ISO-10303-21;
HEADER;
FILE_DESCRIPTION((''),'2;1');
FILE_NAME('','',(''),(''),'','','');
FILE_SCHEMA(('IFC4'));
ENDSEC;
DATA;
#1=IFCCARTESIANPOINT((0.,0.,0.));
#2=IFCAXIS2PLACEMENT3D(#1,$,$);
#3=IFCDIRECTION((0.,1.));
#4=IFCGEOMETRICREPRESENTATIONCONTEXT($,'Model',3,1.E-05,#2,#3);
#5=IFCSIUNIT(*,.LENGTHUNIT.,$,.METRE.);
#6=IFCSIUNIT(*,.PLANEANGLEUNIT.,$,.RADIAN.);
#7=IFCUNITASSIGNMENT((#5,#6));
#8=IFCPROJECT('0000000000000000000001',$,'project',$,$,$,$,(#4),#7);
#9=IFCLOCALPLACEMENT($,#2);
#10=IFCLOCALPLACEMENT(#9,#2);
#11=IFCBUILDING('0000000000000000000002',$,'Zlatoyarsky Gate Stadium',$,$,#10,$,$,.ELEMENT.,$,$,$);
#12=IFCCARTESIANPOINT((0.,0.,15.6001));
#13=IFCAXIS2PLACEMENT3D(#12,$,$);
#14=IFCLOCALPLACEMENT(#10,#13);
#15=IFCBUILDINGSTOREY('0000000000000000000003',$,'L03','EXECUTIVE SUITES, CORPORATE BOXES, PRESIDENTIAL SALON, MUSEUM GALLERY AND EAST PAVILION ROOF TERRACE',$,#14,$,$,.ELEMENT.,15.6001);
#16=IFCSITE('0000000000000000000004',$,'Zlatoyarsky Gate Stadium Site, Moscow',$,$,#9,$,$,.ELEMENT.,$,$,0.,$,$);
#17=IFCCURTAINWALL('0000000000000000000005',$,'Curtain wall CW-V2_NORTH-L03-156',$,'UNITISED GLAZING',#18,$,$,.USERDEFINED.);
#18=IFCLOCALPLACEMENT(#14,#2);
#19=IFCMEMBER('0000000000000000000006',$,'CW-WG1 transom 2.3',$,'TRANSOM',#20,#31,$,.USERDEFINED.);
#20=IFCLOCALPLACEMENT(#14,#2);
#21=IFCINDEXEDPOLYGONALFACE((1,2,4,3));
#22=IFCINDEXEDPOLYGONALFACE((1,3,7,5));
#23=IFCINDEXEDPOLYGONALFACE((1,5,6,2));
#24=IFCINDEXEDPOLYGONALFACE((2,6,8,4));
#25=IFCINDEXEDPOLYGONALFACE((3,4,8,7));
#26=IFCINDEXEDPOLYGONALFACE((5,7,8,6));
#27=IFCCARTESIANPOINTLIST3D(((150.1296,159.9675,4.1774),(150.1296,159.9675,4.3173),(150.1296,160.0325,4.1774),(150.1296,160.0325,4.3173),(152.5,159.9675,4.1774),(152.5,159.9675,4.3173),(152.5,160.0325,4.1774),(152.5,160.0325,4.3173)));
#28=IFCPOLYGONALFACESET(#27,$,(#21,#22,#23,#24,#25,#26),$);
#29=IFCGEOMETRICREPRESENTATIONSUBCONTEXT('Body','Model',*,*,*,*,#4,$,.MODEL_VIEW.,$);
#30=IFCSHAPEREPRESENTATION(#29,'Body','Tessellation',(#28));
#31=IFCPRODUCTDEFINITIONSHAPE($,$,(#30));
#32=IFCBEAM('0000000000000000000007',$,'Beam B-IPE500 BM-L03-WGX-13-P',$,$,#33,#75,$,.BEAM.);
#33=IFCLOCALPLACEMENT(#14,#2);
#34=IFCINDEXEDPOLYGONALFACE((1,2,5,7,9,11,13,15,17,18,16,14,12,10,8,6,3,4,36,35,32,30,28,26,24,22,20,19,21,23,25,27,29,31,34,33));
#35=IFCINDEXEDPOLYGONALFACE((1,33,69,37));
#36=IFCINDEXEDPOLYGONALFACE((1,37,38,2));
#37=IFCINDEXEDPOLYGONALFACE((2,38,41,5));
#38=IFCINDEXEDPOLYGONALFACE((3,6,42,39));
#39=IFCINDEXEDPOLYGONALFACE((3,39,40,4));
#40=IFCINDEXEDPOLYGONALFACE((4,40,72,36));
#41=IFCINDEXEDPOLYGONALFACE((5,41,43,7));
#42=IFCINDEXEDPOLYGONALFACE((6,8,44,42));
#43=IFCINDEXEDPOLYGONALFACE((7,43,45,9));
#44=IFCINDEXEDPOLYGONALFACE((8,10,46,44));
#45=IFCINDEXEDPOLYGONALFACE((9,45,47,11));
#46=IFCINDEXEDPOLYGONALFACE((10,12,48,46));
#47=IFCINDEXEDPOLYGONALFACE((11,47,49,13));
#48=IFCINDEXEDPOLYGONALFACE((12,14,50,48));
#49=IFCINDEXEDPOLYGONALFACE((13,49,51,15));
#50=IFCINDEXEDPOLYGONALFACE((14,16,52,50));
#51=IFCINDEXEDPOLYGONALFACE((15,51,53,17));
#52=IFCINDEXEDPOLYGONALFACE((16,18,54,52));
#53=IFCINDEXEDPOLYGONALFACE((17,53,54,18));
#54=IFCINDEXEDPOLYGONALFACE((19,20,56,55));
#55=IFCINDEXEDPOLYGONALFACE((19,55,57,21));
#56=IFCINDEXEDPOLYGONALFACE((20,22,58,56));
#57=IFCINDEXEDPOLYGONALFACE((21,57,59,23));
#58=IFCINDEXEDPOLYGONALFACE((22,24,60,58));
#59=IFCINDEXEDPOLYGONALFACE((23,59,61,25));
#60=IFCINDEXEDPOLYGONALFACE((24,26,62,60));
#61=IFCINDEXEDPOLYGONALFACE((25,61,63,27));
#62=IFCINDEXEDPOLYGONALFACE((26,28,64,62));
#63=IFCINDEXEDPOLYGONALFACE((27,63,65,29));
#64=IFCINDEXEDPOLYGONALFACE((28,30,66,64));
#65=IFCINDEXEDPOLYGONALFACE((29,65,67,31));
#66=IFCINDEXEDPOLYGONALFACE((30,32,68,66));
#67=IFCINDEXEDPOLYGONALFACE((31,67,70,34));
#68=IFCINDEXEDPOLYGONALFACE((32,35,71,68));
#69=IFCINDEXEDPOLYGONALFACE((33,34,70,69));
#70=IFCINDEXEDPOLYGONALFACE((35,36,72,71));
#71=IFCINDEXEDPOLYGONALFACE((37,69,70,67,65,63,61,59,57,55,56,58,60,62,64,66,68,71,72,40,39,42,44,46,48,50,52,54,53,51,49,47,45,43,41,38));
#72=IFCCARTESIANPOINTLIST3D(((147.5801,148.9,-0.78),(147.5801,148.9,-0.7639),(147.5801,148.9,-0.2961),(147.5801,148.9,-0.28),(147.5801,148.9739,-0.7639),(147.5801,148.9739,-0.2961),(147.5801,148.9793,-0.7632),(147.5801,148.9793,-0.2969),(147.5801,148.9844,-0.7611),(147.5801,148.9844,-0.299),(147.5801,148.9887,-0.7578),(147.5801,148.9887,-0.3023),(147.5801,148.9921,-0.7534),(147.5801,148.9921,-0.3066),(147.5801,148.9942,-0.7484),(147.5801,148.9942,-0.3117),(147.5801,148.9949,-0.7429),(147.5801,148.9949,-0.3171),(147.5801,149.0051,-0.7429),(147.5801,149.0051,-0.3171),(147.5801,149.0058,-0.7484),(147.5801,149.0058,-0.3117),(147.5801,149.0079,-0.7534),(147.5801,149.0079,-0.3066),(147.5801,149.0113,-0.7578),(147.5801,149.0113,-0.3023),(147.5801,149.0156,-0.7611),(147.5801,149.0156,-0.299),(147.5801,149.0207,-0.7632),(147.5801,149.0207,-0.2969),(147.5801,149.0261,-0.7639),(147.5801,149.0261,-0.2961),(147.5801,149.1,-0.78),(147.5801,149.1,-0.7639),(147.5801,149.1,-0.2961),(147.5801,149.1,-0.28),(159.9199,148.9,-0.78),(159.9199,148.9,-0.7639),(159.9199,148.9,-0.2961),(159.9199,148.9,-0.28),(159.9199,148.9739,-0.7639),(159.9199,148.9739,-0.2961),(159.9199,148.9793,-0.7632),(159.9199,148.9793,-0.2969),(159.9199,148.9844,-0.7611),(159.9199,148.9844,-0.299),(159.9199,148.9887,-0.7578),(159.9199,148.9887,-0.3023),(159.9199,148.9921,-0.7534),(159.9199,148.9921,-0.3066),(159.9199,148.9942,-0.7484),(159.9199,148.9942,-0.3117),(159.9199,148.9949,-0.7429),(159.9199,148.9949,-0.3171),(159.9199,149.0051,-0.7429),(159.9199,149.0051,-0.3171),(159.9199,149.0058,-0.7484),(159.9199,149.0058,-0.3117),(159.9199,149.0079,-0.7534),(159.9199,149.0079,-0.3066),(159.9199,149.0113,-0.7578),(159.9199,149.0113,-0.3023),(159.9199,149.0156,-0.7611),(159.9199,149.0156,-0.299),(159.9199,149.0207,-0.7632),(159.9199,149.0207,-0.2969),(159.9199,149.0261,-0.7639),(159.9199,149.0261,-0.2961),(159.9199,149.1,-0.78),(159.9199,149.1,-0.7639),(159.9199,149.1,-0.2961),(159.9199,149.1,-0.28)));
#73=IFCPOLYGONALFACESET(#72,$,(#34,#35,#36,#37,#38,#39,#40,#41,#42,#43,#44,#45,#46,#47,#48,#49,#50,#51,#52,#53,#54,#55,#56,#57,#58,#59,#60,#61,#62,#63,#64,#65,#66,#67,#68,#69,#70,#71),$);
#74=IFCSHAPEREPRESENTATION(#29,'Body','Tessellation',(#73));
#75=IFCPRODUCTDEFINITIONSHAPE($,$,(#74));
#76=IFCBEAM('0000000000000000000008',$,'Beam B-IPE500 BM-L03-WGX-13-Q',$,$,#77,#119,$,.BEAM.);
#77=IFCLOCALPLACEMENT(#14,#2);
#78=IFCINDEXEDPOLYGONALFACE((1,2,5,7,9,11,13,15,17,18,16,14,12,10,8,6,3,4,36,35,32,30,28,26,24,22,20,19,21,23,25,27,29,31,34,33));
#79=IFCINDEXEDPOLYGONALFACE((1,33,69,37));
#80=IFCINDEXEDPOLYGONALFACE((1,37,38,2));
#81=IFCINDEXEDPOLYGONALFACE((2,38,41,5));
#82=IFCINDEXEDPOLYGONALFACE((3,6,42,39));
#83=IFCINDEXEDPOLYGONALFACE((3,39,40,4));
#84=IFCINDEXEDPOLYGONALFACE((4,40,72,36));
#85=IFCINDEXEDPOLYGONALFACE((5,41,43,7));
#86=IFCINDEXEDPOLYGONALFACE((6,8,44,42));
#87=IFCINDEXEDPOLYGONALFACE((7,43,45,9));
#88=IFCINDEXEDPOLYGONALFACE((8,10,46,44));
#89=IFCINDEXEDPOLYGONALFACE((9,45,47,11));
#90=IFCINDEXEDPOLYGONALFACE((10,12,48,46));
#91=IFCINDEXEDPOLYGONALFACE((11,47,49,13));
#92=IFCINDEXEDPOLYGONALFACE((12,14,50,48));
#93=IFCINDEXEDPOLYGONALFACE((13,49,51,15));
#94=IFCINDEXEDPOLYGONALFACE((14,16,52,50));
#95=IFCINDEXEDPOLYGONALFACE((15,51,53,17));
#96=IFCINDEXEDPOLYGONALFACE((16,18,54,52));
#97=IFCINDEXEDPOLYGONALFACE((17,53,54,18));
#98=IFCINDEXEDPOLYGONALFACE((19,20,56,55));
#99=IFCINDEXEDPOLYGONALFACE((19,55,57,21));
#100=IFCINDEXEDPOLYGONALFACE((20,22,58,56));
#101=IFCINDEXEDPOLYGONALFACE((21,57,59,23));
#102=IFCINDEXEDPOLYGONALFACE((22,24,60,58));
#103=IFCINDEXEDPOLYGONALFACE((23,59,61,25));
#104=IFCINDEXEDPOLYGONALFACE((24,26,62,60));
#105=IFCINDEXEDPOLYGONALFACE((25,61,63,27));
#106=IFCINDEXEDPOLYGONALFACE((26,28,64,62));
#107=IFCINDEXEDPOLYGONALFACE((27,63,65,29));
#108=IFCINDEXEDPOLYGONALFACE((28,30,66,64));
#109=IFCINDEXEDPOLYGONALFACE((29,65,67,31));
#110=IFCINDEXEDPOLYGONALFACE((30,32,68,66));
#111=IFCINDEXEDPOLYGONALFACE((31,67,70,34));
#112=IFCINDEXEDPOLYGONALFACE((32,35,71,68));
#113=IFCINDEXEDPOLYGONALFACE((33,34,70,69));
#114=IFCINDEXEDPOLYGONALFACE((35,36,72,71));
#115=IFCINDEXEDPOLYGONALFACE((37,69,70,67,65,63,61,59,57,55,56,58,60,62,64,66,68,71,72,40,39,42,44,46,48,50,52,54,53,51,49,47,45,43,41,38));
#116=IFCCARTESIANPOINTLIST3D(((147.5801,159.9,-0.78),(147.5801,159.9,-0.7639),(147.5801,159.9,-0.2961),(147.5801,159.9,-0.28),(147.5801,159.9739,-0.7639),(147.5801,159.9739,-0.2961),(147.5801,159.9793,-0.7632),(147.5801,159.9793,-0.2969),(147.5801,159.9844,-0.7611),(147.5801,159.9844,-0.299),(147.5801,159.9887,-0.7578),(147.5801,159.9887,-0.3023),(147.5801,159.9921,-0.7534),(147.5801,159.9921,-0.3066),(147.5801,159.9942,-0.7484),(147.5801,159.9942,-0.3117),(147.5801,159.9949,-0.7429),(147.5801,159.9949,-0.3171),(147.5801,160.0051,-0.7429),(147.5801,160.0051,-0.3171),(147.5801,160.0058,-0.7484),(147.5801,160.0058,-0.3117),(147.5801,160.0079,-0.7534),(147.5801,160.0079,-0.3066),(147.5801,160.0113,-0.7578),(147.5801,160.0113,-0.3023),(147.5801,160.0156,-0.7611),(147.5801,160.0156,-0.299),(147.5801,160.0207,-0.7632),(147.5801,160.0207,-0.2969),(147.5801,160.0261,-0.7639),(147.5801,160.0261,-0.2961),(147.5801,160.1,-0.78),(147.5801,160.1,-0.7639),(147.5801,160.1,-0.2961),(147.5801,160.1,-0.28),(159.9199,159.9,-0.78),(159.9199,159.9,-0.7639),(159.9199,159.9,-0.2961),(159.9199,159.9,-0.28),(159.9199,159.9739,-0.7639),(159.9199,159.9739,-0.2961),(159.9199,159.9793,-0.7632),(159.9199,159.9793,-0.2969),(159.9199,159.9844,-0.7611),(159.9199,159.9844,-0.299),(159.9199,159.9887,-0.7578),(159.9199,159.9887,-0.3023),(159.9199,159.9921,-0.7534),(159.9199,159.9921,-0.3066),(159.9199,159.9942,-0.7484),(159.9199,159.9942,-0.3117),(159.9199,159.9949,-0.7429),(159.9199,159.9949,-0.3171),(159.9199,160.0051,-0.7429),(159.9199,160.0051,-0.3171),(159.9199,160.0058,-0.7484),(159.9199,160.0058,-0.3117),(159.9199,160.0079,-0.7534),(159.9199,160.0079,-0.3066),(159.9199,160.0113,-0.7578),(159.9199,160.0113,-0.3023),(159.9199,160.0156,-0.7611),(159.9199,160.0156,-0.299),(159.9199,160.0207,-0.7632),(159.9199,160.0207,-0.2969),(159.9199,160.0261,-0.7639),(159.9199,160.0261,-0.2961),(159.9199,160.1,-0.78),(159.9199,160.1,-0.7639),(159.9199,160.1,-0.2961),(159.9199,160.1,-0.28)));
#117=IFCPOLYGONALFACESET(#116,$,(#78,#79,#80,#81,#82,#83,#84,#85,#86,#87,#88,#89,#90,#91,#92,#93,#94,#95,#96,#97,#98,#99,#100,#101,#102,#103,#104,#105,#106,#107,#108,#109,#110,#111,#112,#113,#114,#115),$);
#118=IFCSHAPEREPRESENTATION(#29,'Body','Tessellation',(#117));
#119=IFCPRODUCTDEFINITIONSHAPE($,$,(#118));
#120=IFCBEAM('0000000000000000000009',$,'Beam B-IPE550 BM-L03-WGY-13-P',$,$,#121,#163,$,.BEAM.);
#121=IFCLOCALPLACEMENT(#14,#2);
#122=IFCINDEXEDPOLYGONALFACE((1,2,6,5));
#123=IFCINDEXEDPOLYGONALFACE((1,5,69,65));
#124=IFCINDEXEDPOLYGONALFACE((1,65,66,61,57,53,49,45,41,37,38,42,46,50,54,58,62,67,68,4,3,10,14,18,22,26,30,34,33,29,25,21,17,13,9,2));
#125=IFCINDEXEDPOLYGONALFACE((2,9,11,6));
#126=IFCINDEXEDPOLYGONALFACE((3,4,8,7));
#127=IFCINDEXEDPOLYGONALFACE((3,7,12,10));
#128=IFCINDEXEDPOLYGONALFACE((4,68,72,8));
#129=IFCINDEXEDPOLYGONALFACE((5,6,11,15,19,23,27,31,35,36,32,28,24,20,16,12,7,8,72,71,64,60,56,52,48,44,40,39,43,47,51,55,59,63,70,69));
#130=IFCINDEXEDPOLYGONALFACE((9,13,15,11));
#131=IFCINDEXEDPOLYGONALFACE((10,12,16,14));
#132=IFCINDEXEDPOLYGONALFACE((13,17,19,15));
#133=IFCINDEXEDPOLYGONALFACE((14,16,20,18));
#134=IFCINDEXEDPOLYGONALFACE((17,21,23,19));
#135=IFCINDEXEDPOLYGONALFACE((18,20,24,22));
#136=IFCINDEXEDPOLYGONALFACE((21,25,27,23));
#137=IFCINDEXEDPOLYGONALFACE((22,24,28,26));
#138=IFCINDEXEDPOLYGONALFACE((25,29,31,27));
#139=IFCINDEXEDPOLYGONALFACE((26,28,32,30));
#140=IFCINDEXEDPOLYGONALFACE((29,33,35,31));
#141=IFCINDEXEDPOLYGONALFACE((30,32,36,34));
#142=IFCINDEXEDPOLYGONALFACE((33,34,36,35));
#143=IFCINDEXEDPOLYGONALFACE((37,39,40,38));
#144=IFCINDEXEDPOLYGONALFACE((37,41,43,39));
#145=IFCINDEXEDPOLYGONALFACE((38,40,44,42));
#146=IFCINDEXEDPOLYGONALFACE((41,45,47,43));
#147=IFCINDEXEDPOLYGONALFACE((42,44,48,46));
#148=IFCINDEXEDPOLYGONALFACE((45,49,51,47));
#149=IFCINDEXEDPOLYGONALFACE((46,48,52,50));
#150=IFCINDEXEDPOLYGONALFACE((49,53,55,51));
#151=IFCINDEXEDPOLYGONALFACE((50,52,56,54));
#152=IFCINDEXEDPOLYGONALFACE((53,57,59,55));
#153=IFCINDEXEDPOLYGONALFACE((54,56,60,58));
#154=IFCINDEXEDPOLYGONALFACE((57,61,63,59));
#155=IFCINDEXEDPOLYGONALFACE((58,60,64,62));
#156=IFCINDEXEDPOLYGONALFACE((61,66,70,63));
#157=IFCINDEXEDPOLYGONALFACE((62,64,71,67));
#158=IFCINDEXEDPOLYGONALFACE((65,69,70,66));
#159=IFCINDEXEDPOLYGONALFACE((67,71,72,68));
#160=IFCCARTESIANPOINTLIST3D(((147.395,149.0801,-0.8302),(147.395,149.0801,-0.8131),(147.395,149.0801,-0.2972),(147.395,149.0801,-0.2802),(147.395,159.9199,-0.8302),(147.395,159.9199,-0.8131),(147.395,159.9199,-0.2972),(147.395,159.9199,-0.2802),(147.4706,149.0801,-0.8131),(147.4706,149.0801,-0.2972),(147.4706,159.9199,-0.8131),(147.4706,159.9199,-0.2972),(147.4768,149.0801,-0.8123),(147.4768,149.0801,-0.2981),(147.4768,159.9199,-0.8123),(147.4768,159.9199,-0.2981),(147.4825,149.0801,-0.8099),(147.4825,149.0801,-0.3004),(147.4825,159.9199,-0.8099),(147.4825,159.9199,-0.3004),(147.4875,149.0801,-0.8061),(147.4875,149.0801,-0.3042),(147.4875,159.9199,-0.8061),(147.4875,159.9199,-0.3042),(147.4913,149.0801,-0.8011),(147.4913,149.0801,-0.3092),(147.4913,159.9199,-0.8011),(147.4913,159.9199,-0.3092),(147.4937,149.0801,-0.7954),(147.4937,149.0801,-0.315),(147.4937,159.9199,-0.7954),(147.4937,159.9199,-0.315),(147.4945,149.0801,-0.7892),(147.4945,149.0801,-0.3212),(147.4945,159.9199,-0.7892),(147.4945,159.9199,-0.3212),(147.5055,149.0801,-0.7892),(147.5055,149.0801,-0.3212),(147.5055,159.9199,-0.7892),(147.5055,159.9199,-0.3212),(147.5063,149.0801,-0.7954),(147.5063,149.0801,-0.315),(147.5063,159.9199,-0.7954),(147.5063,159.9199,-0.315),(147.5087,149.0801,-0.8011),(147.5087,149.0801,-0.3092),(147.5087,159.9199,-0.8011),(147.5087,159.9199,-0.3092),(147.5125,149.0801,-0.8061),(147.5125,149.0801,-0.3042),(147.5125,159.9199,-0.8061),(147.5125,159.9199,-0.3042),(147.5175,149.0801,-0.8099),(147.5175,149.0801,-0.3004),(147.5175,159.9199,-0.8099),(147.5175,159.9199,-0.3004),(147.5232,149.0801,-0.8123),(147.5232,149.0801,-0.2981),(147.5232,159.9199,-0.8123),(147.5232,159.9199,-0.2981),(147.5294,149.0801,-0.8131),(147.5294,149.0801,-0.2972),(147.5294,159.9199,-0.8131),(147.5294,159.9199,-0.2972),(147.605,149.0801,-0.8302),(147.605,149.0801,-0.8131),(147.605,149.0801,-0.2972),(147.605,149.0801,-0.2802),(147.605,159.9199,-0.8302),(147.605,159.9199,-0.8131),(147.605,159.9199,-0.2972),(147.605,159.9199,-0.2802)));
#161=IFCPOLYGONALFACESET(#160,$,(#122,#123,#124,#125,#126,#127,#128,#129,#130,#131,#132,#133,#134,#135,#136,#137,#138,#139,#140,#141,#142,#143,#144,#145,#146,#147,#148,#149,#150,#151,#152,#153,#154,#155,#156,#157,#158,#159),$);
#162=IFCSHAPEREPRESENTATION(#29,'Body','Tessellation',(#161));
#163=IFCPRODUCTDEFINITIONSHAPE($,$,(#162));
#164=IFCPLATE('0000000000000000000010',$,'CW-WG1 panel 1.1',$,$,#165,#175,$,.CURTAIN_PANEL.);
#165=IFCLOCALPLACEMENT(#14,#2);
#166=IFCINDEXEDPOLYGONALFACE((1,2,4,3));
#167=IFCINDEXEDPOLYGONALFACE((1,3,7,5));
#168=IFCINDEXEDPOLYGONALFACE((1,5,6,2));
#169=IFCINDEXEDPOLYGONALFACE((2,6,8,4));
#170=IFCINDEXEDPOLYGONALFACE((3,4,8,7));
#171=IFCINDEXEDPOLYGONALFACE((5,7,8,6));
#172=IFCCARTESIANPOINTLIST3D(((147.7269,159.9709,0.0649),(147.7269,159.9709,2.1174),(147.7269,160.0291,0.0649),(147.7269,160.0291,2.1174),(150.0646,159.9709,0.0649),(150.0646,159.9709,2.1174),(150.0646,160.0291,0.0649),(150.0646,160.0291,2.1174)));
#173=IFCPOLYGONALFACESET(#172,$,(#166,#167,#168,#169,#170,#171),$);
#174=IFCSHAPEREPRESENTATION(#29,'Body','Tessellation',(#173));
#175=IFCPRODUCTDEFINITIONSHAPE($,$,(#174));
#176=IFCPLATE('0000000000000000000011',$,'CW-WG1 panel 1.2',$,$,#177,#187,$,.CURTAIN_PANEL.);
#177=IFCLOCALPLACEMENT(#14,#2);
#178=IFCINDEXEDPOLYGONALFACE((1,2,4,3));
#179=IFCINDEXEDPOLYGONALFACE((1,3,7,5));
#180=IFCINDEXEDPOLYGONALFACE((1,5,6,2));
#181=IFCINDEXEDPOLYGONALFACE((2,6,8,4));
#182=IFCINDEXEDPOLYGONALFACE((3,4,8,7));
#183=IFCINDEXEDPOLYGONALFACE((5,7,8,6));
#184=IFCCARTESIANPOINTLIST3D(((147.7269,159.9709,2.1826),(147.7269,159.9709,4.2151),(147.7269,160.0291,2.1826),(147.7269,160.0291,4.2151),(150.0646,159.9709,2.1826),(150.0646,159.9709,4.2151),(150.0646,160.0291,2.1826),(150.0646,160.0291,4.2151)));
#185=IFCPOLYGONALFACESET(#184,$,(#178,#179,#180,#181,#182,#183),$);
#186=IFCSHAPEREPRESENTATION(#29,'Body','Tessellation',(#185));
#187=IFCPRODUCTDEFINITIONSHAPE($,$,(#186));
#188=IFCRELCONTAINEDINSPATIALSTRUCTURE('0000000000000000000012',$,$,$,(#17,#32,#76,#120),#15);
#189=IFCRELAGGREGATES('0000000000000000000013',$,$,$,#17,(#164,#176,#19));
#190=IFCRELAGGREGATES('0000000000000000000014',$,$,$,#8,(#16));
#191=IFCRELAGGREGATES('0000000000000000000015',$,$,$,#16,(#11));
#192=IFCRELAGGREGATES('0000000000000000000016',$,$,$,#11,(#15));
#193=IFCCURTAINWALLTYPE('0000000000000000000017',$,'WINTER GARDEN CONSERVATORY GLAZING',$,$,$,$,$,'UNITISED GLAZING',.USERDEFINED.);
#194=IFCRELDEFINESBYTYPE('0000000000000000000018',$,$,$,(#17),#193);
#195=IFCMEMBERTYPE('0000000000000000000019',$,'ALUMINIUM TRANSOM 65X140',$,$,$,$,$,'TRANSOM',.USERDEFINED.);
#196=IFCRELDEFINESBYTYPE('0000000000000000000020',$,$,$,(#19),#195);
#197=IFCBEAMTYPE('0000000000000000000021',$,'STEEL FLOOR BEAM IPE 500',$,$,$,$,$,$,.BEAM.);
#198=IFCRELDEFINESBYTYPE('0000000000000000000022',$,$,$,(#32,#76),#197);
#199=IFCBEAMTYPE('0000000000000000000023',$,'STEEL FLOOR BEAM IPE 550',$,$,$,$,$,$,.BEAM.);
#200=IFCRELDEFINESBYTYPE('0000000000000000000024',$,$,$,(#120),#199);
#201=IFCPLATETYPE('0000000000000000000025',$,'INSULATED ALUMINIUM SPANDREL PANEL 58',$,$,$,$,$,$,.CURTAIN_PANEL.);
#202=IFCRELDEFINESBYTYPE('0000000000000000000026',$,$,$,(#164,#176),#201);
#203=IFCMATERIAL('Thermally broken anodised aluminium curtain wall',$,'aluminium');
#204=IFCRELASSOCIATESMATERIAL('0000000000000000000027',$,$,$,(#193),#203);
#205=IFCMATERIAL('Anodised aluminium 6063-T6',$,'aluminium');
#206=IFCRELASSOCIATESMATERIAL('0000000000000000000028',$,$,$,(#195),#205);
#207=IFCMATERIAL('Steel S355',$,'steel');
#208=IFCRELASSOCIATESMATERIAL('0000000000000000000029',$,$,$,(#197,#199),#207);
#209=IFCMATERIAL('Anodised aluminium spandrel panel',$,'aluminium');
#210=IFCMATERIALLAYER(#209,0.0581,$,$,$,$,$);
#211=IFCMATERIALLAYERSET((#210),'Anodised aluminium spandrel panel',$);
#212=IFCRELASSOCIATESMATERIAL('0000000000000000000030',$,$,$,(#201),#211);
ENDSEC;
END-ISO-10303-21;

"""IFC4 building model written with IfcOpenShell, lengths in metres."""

from ifc_helpers import new_model, si_unit, direction, frame, origin, origin_2d, place, context, subcontext, project, spatial, rectangle, i_section, extrude, material, layer, layer_set, material_profile, profile_set, type_object, element, aggregate, save


model = new_model("IFC4")

# Units and contexts
model_context = context("Model", 3, precision=1e-05, world=origin(), true_north=direction((0.0, 1.0)))
body_context = subcontext(model_context, "Body", "Model", "MODEL_VIEW")
ifc_project = project(units=[si_unit("LENGTHUNIT", "METRE"), si_unit("PLANEANGLEUNIT", "RADIAN")], contexts=[model_context])

# Site, building, storey
site_placement = place(None, origin())
site = spatial("IfcSite", under=ifc_project, at=site_placement, Name="Zlatoyarsky Gate Stadium Site, Moscow", CompositionType="ELEMENT", RefElevation=0.0)
building_placement = place(site_placement, origin())
building = spatial("IfcBuilding", under=site, at=building_placement, Name="Zlatoyarsky Gate Stadium", CompositionType="ELEMENT")
storey_placement = place(building_placement, frame((0.0, 0.0, 15.6001)))
storey = spatial("IfcBuildingStorey", under=building, at=storey_placement, Name="L03", Description="EXECUTIVE SUITES, CORPORATE BOXES, PRESIDENTIAL SALON, MUSEUM GALLERY AND EAST PAVILION ROOF TERRACE", CompositionType="ELEMENT", Elevation=15.6001)

# Shared definitions
ifc_material_1 = material(Name="Steel S355", Category="steel")

# Curtain wall, member
ifc_material_2 = material(Name="Thermally broken anodised aluminium curtain wall", Category="aluminium")
curtain_wall_type_1 = type_object("IfcCurtainWallType", Name="WINTER GARDEN CONSERVATORY GLAZING", ElementType="UNITISED GLAZING", PredefinedType="USERDEFINED", material=ifc_material_2)
curtain_wall_1_placement = place(storey_placement, origin())
curtain_wall_1 = element("IfcCurtainWall", 1, at=curtain_wall_1_placement, inside=storey, type_object=curtain_wall_type_1, Name="Curtain wall CW-V2_NORTH-L03-156", ObjectType="UNITISED GLAZING", PredefinedType="USERDEFINED")
ifc_material_3 = material(Name="Anodised aluminium 6063-T6", Category="aluminium")
ifc_material_profile_1 = material_profile(ifc_material_3, rectangle(XDim=0.0649, YDim=0.1399, at=origin_2d()), Name="ALU 65X140")
ifc_profile_set_1 = profile_set([ifc_material_profile_1], Name="Anodised aluminium 6063-T6")
member_type_1 = type_object("IfcMemberType", Name="ALUMINIUM TRANSOM 65X140", ElementType="TRANSOM", PredefinedType="USERDEFINED", material=ifc_profile_set_1)
member_1_placement = place(storey_placement, frame((150.1296, 160.0, 4.2473), z_axis=(1.0, 0.0, 0.0), x_axis=(0.0, 1.0, 0.0)))
member_1 = element("IfcMember", 2, at=member_1_placement, type_object=member_type_1, Name="CW-WG1 transom 2.3", ObjectType="TRANSOM", PredefinedType="USERDEFINED", context=body_context, shape_type="SweptSolid", body=[
    extrude(rectangle(XDim=0.0649, YDim=0.1399, at=origin_2d()), origin(), (0.0, 0.0, 1.0), 2.3704),
])

# Beams
ifc_material_profile_2 = material_profile(ifc_material_1, i_section(OverallWidth=0.2, OverallDepth=0.5, WebThickness=0.0103, FlangeThickness=0.0161, FilletRadius=0.021, at=origin_2d()), Name="IPE 500")
ifc_profile_set_2 = profile_set([ifc_material_profile_2], Name="Steel S355")
beam_type_1 = type_object("IfcBeamType", Name="STEEL FLOOR BEAM IPE 500", PredefinedType="BEAM", material=ifc_profile_set_2)
for number, where, z_axis, x_axis, name in (
    (3, (147.5801, 149.0, -0.53), (1.0, 0.0, 0.0), (0.0, 1.0, 0.0), "Beam B-IPE500 BM-L03-WGX-13-P"),
    (4, (147.5801, 160.0, -0.53), (1.0, 0.0, 0.0), (0.0, 1.0, 0.0), "Beam B-IPE500 BM-L03-WGX-13-Q"),
):
    element("IfcBeam", number, at=place(storey_placement, frame(where, z_axis=z_axis, x_axis=x_axis)), inside=storey, type_object=beam_type_1, Name=name, PredefinedType="BEAM", context=body_context, shape_type="SweptSolid", body=[
        extrude(i_section(OverallWidth=0.2, OverallDepth=0.5, WebThickness=0.0103, FlangeThickness=0.0161, FilletRadius=0.021, at=origin_2d()), origin(), (0.0, 0.0, 1.0), 12.3398),
    ])
ifc_material_profile_3 = material_profile(ifc_material_1, i_section(OverallWidth=0.21, OverallDepth=0.55, WebThickness=0.011, FlangeThickness=0.0171, FilletRadius=0.0239, at=origin_2d()), Name="IPE 550")
ifc_profile_set_3 = profile_set([ifc_material_profile_3], Name="Steel S355")
beam_type_2 = type_object("IfcBeamType", Name="STEEL FLOOR BEAM IPE 550", PredefinedType="BEAM", material=ifc_profile_set_3)
beam_placement = place(storey_placement, frame((147.5, 149.0801, -0.5552), z_axis=(0.0, 1.0, 0.0), x_axis=(-1.0, 0.0, 0.0)))
element("IfcBeam", 5, at=beam_placement, inside=storey, type_object=beam_type_2, Name="Beam B-IPE550 BM-L03-WGY-13-P", PredefinedType="BEAM", context=body_context, shape_type="SweptSolid", body=[
    extrude(i_section(OverallWidth=0.21, OverallDepth=0.55, WebThickness=0.011, FlangeThickness=0.0171, FilletRadius=0.0239, at=origin_2d()), origin(), (0.0, 0.0, 1.0), 10.8398),
])

# Plates
ifc_material_4 = material(Name="Anodised aluminium spandrel panel", Category="aluminium")
ifc_layer_1 = layer(ifc_material_4, 0.0581)
ifc_layer_set_1 = layer_set([ifc_layer_1], Name="Anodised aluminium spandrel panel")
plate_type_1 = type_object("IfcPlateType", Name="INSULATED ALUMINIUM SPANDREL PANEL 58", PredefinedType="CURTAIN_PANEL", material=ifc_layer_set_1)
plate_1_placement = place(storey_placement, frame((148.8958, 160.0, 0.0649), z_axis=(0.0, 0.0, 1.0), x_axis=(1.0, 0.0, 0.0)))
plate_1 = element("IfcPlate", 6, at=plate_1_placement, type_object=plate_type_1, Name="CW-WG1 panel 1.1", PredefinedType="CURTAIN_PANEL", context=body_context, shape_type="SweptSolid", body=[
    extrude(rectangle(XDim=2.3376, YDim=0.0581, at=origin_2d()), origin(), (0.0, 0.0, 1.0), 2.0525),
])
plate_2_placement = place(storey_placement, frame((148.8958, 160.0, 2.1826), z_axis=(0.0, 0.0, 1.0), x_axis=(1.0, 0.0, 0.0)))
plate_2 = element("IfcPlate", 7, at=plate_2_placement, type_object=plate_type_1, Name="CW-WG1 panel 1.2", PredefinedType="CURTAIN_PANEL", context=body_context, shape_type="SweptSolid", body=[
    extrude(rectangle(XDim=2.3376, YDim=0.0581, at=origin_2d()), origin(), (0.0, 0.0, 1.0), 2.0325),
])
aggregate(curtain_wall_1, [plate_1, plate_2, member_1])

save(model, "model.ifc")
